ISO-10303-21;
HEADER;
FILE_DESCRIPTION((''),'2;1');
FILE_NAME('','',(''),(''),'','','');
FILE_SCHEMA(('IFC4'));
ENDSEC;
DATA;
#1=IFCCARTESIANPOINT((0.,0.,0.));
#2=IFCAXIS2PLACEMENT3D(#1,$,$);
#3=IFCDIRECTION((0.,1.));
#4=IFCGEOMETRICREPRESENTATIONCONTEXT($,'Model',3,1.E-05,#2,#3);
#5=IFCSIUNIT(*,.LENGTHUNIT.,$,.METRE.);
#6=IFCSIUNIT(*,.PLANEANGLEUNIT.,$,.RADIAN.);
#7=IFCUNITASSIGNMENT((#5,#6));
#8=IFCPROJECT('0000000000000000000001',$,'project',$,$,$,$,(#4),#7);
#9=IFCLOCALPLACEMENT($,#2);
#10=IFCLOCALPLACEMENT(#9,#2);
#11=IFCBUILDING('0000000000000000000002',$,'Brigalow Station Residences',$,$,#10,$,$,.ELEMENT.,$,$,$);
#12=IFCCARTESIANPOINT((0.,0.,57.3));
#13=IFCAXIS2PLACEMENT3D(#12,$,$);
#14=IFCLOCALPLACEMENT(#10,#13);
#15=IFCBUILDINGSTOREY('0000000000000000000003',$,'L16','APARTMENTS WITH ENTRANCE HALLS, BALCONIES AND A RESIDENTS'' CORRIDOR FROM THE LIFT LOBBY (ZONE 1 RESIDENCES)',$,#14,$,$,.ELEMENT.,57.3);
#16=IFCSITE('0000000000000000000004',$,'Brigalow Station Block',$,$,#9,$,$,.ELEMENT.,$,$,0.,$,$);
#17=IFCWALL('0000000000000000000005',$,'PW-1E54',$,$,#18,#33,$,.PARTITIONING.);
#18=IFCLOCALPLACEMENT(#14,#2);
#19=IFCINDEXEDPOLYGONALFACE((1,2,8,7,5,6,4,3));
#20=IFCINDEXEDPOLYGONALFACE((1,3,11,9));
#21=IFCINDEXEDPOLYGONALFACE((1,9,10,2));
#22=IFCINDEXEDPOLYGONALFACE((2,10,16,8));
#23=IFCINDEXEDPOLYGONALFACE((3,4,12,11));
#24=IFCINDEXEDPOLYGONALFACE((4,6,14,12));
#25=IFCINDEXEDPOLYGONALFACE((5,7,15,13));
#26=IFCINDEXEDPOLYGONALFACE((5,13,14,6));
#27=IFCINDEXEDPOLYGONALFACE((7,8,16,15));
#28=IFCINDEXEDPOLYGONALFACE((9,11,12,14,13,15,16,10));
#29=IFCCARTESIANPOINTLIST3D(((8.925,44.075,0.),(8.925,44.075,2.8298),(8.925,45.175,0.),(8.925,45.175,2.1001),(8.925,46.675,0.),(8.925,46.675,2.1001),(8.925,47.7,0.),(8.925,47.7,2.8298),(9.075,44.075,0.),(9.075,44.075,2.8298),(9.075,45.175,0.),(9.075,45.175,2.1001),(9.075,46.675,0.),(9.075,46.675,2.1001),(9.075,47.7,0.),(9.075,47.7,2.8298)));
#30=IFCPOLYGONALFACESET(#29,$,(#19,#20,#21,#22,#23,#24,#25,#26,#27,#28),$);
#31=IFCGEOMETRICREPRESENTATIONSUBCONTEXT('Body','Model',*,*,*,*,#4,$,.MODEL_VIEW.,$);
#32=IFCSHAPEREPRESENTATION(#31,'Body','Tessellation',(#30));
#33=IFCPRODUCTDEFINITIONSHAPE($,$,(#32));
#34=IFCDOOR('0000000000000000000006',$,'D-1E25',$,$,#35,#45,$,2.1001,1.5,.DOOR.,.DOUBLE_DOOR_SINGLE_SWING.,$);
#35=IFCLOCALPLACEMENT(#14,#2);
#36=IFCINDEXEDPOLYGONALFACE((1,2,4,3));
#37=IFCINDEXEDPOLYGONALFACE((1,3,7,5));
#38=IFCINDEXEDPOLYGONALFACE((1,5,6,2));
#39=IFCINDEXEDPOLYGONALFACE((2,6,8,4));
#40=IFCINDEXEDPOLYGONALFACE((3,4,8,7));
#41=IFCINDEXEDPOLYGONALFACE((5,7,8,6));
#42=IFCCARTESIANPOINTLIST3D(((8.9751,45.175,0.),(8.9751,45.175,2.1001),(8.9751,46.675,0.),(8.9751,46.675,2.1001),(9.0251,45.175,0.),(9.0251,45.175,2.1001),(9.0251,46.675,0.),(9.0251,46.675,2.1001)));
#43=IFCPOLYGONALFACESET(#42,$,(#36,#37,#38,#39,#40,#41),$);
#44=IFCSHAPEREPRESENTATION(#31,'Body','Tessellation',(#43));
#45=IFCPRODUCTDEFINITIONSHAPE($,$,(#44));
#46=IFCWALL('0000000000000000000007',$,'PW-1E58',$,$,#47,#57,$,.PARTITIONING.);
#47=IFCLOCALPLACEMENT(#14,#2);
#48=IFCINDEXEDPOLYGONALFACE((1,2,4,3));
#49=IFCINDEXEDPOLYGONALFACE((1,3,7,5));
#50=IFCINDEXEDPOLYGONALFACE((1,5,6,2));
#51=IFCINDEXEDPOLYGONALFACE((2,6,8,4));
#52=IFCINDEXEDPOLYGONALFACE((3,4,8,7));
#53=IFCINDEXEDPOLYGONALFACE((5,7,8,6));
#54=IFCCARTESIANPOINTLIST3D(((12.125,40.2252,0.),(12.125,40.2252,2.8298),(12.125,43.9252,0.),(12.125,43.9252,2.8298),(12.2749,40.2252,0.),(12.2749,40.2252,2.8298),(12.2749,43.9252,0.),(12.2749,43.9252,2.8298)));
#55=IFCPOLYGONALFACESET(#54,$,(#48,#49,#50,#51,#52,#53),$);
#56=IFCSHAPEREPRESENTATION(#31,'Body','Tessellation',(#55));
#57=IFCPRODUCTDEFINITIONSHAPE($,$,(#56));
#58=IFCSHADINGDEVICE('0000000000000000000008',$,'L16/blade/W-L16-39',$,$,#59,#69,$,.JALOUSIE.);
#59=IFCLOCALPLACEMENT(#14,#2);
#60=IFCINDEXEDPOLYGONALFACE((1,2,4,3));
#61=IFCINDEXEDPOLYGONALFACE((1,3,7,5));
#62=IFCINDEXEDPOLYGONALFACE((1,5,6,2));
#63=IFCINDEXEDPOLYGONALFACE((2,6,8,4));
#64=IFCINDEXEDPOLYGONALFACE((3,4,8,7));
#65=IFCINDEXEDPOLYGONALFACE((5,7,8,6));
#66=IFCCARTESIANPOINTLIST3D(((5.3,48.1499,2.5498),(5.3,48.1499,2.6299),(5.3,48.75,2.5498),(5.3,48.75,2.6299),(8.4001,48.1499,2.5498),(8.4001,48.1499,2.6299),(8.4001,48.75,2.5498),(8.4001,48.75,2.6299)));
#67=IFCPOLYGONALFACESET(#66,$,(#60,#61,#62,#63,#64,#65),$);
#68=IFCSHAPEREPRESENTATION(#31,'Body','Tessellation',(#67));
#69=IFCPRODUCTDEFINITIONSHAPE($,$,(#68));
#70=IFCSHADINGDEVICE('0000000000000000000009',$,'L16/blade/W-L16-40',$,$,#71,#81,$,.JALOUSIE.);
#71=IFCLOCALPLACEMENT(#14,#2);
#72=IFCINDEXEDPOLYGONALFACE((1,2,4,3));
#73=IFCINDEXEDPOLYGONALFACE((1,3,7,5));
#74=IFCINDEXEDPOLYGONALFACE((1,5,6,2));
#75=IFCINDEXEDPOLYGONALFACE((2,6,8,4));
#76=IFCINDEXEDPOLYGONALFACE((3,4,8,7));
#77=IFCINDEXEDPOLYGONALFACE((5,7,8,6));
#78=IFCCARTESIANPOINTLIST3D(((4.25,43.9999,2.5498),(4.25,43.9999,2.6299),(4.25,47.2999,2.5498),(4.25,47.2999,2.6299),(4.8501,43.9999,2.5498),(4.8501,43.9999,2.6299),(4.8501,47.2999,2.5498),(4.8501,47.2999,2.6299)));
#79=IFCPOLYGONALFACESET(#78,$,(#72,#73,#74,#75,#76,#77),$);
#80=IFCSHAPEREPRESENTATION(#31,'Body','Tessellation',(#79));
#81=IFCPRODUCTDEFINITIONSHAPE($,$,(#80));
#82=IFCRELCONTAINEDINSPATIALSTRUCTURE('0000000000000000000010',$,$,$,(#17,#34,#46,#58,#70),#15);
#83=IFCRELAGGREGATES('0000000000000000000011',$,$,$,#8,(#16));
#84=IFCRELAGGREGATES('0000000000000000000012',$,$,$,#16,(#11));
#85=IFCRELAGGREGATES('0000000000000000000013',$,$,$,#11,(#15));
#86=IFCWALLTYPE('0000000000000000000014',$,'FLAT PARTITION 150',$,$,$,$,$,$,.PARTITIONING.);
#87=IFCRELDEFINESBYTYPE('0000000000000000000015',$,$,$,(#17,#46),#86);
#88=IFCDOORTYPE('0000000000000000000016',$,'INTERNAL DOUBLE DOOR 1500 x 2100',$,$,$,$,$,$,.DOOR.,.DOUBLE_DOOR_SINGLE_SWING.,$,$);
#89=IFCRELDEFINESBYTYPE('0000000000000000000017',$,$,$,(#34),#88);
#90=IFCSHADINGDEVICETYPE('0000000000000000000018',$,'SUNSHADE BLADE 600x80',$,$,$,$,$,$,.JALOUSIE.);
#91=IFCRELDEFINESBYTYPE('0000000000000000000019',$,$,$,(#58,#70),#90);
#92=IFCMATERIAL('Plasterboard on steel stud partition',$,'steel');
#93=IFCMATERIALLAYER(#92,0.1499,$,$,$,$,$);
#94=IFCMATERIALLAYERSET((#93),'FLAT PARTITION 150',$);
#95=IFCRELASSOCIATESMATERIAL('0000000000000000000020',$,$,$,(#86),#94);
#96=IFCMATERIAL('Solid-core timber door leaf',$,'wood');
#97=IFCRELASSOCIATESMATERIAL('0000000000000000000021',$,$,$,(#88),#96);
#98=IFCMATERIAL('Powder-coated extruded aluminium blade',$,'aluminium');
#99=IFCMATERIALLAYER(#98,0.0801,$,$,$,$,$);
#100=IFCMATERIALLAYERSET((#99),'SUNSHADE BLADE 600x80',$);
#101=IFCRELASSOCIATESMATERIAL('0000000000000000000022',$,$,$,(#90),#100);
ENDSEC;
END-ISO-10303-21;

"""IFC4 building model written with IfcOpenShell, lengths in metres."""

from ifc_helpers import new_model, si_unit, direction, frame, frame_2d, origin, origin_2d, place, context, subcontext, project, spatial, rectangle, extrude, material, layer, layer_set, type_object, element, fill, save


model = new_model("IFC4")

# Units and contexts
model_context = context("Model", 3, precision=1e-05, world=origin(), true_north=direction((0.0, 1.0)))
body_context = subcontext(model_context, "Body", "Model", "MODEL_VIEW")
ifc_project = project(units=[si_unit("LENGTHUNIT", "METRE"), si_unit("PLANEANGLEUNIT", "RADIAN")], contexts=[model_context])

# Site, building, storey
site_placement = place(None, origin())
site = spatial("IfcSite", under=ifc_project, at=site_placement, Name="Brigalow Station Block", CompositionType="ELEMENT", RefElevation=0.0)
building_placement = place(site_placement, origin())
building = spatial("IfcBuilding", under=site, at=building_placement, Name="Brigalow Station Residences", CompositionType="ELEMENT")
storey_placement = place(building_placement, frame((0.0, 0.0, 57.3)))
storey = spatial("IfcBuildingStorey", under=building, at=storey_placement, Name="L16", Description="APARTMENTS WITH ENTRANCE HALLS, BALCONIES AND A RESIDENTS' CORRIDOR FROM THE LIFT LOBBY (ZONE 1 RESIDENCES)", CompositionType="ELEMENT", Elevation=57.3)

# Shared definitions
ifc_material_1 = material(Name="Plasterboard on steel stud partition", Category="steel")
ifc_layer_1 = layer(ifc_material_1, 0.1499)
ifc_layer_set_1 = layer_set([ifc_layer_1], Name="FLAT PARTITION 150")
wall_type_1 = type_object("IfcWallType", Name="FLAT PARTITION 150", PredefinedType="PARTITIONING", material=ifc_layer_set_1)

# Wall, opening, door
wall_1_placement = place(storey_placement, frame((9.0, 44.075, 0.0), z_axis=(0.0, 0.0, 1.0), x_axis=(0.0, 1.0, 0.0)))
wall_1 = element("IfcWall", 1, at=wall_1_placement, inside=storey, type_object=wall_type_1, Name="PW-1E54", PredefinedType="PARTITIONING", context=body_context, shape_type="SweptSolid", body=[
    extrude(rectangle(XDim=3.625, YDim=0.1499, at=frame_2d((1.8125, 0.0))), origin(), (0.0, 0.0, 1.0), 2.8298),
])
opening_1_placement = place(wall_1_placement, frame((1.1001, 0.0, 0.0)))
opening_1 = element("IfcOpeningElement", 2, at=opening_1_placement, cuts=wall_1, PredefinedType="OPENING", context=body_context, shape_type="SweptSolid", body=[
    extrude(rectangle(XDim=1.5, YDim=2.1001, at=frame_2d((0.75, 1.05))), frame((0.0, 0.085, 0.0), z_axis=(0.0, -1.0, 0.0), x_axis=(1.0, 0.0, 0.0)), (0.0, 0.0, 1.0), 0.1699),
])
ifc_material_2 = material(Name="Solid-core timber door leaf", Category="wood")
door_type_1 = type_object("IfcDoorType", Name="INTERNAL DOUBLE DOOR 1500 x 2100", OperationType="DOUBLE_DOOR_SINGLE_SWING", PredefinedType="DOOR", material=ifc_material_2)
door_1_placement = place(opening_1_placement, origin())
door_1 = element("IfcDoor", 3, at=door_1_placement, inside=storey, type_object=door_type_1, Name="D-1E25", OperationType="DOUBLE_DOOR_SINGLE_SWING", OverallHeight=2.1001, OverallWidth=1.5, PredefinedType="DOOR", context=body_context, shape_type="SweptSolid", body=[
    extrude(rectangle(XDim=1.5, YDim=2.1001, at=frame_2d((0.75, 1.05))), frame((0.0, 0.0249, 0.0), z_axis=(0.0, -1.0, 0.0), x_axis=(1.0, 0.0, 0.0)), (0.0, 0.0, 1.0), 0.05),
])
fill(opening_1, door_1)

# Wall
wall_2_placement = place(storey_placement, frame((12.2, 40.2251, 0.0), z_axis=(0.0, 0.0, 1.0), x_axis=(0.0, 1.0, 0.0)))
element("IfcWall", 4, at=wall_2_placement, inside=storey, type_object=wall_type_1, Name="PW-1E58", PredefinedType="PARTITIONING", context=body_context, shape_type="SweptSolid", body=[
    extrude(rectangle(XDim=3.7, YDim=0.1499, at=frame_2d((1.8501, 0.0))), origin(), (0.0, 0.0, 1.0), 2.8298),
])

# Shading devices
ifc_material_3 = material(Name="Powder-coated extruded aluminium blade", Category="aluminium")
ifc_layer_2 = layer(ifc_material_3, 0.0801)
ifc_layer_set_2 = layer_set([ifc_layer_2], Name="SUNSHADE BLADE 600x80")
shading_device_type = type_object("IfcShadingDeviceType", Name="SUNSHADE BLADE 600x80", PredefinedType="JALOUSIE", material=ifc_layer_set_2)
shading_device_1_placement = place(storey_placement, frame((6.8501, 48.45, 2.5498), z_axis=(0.0, 0.0, 1.0), x_axis=(-1.0, 0.0, 0.0)))
element("IfcShadingDevice", 5, at=shading_device_1_placement, inside=storey, type_object=shading_device_type, Name="L16/blade/W-L16-39", PredefinedType="JALOUSIE", context=body_context, shape_type="SweptSolid", body=[
    extrude(rectangle(XDim=3.1001, YDim=0.6001, at=origin_2d()), origin(), (0.0, 0.0, 1.0), 0.0801),
])
shading_device_2_placement = place(storey_placement, frame((4.55, 45.6499, 2.5498), z_axis=(0.0, 0.0, 1.0), x_axis=(0.0, -1.0, 0.0)))
element("IfcShadingDevice", 6, at=shading_device_2_placement, inside=storey, type_object=shading_device_type, Name="L16/blade/W-L16-40", PredefinedType="JALOUSIE", context=body_context, shape_type="SweptSolid", body=[
    extrude(rectangle(XDim=3.3, YDim=0.6001, at=origin_2d()), origin(), (0.0, 0.0, 1.0), 0.0801),
])

save(model, "model.ifc")
